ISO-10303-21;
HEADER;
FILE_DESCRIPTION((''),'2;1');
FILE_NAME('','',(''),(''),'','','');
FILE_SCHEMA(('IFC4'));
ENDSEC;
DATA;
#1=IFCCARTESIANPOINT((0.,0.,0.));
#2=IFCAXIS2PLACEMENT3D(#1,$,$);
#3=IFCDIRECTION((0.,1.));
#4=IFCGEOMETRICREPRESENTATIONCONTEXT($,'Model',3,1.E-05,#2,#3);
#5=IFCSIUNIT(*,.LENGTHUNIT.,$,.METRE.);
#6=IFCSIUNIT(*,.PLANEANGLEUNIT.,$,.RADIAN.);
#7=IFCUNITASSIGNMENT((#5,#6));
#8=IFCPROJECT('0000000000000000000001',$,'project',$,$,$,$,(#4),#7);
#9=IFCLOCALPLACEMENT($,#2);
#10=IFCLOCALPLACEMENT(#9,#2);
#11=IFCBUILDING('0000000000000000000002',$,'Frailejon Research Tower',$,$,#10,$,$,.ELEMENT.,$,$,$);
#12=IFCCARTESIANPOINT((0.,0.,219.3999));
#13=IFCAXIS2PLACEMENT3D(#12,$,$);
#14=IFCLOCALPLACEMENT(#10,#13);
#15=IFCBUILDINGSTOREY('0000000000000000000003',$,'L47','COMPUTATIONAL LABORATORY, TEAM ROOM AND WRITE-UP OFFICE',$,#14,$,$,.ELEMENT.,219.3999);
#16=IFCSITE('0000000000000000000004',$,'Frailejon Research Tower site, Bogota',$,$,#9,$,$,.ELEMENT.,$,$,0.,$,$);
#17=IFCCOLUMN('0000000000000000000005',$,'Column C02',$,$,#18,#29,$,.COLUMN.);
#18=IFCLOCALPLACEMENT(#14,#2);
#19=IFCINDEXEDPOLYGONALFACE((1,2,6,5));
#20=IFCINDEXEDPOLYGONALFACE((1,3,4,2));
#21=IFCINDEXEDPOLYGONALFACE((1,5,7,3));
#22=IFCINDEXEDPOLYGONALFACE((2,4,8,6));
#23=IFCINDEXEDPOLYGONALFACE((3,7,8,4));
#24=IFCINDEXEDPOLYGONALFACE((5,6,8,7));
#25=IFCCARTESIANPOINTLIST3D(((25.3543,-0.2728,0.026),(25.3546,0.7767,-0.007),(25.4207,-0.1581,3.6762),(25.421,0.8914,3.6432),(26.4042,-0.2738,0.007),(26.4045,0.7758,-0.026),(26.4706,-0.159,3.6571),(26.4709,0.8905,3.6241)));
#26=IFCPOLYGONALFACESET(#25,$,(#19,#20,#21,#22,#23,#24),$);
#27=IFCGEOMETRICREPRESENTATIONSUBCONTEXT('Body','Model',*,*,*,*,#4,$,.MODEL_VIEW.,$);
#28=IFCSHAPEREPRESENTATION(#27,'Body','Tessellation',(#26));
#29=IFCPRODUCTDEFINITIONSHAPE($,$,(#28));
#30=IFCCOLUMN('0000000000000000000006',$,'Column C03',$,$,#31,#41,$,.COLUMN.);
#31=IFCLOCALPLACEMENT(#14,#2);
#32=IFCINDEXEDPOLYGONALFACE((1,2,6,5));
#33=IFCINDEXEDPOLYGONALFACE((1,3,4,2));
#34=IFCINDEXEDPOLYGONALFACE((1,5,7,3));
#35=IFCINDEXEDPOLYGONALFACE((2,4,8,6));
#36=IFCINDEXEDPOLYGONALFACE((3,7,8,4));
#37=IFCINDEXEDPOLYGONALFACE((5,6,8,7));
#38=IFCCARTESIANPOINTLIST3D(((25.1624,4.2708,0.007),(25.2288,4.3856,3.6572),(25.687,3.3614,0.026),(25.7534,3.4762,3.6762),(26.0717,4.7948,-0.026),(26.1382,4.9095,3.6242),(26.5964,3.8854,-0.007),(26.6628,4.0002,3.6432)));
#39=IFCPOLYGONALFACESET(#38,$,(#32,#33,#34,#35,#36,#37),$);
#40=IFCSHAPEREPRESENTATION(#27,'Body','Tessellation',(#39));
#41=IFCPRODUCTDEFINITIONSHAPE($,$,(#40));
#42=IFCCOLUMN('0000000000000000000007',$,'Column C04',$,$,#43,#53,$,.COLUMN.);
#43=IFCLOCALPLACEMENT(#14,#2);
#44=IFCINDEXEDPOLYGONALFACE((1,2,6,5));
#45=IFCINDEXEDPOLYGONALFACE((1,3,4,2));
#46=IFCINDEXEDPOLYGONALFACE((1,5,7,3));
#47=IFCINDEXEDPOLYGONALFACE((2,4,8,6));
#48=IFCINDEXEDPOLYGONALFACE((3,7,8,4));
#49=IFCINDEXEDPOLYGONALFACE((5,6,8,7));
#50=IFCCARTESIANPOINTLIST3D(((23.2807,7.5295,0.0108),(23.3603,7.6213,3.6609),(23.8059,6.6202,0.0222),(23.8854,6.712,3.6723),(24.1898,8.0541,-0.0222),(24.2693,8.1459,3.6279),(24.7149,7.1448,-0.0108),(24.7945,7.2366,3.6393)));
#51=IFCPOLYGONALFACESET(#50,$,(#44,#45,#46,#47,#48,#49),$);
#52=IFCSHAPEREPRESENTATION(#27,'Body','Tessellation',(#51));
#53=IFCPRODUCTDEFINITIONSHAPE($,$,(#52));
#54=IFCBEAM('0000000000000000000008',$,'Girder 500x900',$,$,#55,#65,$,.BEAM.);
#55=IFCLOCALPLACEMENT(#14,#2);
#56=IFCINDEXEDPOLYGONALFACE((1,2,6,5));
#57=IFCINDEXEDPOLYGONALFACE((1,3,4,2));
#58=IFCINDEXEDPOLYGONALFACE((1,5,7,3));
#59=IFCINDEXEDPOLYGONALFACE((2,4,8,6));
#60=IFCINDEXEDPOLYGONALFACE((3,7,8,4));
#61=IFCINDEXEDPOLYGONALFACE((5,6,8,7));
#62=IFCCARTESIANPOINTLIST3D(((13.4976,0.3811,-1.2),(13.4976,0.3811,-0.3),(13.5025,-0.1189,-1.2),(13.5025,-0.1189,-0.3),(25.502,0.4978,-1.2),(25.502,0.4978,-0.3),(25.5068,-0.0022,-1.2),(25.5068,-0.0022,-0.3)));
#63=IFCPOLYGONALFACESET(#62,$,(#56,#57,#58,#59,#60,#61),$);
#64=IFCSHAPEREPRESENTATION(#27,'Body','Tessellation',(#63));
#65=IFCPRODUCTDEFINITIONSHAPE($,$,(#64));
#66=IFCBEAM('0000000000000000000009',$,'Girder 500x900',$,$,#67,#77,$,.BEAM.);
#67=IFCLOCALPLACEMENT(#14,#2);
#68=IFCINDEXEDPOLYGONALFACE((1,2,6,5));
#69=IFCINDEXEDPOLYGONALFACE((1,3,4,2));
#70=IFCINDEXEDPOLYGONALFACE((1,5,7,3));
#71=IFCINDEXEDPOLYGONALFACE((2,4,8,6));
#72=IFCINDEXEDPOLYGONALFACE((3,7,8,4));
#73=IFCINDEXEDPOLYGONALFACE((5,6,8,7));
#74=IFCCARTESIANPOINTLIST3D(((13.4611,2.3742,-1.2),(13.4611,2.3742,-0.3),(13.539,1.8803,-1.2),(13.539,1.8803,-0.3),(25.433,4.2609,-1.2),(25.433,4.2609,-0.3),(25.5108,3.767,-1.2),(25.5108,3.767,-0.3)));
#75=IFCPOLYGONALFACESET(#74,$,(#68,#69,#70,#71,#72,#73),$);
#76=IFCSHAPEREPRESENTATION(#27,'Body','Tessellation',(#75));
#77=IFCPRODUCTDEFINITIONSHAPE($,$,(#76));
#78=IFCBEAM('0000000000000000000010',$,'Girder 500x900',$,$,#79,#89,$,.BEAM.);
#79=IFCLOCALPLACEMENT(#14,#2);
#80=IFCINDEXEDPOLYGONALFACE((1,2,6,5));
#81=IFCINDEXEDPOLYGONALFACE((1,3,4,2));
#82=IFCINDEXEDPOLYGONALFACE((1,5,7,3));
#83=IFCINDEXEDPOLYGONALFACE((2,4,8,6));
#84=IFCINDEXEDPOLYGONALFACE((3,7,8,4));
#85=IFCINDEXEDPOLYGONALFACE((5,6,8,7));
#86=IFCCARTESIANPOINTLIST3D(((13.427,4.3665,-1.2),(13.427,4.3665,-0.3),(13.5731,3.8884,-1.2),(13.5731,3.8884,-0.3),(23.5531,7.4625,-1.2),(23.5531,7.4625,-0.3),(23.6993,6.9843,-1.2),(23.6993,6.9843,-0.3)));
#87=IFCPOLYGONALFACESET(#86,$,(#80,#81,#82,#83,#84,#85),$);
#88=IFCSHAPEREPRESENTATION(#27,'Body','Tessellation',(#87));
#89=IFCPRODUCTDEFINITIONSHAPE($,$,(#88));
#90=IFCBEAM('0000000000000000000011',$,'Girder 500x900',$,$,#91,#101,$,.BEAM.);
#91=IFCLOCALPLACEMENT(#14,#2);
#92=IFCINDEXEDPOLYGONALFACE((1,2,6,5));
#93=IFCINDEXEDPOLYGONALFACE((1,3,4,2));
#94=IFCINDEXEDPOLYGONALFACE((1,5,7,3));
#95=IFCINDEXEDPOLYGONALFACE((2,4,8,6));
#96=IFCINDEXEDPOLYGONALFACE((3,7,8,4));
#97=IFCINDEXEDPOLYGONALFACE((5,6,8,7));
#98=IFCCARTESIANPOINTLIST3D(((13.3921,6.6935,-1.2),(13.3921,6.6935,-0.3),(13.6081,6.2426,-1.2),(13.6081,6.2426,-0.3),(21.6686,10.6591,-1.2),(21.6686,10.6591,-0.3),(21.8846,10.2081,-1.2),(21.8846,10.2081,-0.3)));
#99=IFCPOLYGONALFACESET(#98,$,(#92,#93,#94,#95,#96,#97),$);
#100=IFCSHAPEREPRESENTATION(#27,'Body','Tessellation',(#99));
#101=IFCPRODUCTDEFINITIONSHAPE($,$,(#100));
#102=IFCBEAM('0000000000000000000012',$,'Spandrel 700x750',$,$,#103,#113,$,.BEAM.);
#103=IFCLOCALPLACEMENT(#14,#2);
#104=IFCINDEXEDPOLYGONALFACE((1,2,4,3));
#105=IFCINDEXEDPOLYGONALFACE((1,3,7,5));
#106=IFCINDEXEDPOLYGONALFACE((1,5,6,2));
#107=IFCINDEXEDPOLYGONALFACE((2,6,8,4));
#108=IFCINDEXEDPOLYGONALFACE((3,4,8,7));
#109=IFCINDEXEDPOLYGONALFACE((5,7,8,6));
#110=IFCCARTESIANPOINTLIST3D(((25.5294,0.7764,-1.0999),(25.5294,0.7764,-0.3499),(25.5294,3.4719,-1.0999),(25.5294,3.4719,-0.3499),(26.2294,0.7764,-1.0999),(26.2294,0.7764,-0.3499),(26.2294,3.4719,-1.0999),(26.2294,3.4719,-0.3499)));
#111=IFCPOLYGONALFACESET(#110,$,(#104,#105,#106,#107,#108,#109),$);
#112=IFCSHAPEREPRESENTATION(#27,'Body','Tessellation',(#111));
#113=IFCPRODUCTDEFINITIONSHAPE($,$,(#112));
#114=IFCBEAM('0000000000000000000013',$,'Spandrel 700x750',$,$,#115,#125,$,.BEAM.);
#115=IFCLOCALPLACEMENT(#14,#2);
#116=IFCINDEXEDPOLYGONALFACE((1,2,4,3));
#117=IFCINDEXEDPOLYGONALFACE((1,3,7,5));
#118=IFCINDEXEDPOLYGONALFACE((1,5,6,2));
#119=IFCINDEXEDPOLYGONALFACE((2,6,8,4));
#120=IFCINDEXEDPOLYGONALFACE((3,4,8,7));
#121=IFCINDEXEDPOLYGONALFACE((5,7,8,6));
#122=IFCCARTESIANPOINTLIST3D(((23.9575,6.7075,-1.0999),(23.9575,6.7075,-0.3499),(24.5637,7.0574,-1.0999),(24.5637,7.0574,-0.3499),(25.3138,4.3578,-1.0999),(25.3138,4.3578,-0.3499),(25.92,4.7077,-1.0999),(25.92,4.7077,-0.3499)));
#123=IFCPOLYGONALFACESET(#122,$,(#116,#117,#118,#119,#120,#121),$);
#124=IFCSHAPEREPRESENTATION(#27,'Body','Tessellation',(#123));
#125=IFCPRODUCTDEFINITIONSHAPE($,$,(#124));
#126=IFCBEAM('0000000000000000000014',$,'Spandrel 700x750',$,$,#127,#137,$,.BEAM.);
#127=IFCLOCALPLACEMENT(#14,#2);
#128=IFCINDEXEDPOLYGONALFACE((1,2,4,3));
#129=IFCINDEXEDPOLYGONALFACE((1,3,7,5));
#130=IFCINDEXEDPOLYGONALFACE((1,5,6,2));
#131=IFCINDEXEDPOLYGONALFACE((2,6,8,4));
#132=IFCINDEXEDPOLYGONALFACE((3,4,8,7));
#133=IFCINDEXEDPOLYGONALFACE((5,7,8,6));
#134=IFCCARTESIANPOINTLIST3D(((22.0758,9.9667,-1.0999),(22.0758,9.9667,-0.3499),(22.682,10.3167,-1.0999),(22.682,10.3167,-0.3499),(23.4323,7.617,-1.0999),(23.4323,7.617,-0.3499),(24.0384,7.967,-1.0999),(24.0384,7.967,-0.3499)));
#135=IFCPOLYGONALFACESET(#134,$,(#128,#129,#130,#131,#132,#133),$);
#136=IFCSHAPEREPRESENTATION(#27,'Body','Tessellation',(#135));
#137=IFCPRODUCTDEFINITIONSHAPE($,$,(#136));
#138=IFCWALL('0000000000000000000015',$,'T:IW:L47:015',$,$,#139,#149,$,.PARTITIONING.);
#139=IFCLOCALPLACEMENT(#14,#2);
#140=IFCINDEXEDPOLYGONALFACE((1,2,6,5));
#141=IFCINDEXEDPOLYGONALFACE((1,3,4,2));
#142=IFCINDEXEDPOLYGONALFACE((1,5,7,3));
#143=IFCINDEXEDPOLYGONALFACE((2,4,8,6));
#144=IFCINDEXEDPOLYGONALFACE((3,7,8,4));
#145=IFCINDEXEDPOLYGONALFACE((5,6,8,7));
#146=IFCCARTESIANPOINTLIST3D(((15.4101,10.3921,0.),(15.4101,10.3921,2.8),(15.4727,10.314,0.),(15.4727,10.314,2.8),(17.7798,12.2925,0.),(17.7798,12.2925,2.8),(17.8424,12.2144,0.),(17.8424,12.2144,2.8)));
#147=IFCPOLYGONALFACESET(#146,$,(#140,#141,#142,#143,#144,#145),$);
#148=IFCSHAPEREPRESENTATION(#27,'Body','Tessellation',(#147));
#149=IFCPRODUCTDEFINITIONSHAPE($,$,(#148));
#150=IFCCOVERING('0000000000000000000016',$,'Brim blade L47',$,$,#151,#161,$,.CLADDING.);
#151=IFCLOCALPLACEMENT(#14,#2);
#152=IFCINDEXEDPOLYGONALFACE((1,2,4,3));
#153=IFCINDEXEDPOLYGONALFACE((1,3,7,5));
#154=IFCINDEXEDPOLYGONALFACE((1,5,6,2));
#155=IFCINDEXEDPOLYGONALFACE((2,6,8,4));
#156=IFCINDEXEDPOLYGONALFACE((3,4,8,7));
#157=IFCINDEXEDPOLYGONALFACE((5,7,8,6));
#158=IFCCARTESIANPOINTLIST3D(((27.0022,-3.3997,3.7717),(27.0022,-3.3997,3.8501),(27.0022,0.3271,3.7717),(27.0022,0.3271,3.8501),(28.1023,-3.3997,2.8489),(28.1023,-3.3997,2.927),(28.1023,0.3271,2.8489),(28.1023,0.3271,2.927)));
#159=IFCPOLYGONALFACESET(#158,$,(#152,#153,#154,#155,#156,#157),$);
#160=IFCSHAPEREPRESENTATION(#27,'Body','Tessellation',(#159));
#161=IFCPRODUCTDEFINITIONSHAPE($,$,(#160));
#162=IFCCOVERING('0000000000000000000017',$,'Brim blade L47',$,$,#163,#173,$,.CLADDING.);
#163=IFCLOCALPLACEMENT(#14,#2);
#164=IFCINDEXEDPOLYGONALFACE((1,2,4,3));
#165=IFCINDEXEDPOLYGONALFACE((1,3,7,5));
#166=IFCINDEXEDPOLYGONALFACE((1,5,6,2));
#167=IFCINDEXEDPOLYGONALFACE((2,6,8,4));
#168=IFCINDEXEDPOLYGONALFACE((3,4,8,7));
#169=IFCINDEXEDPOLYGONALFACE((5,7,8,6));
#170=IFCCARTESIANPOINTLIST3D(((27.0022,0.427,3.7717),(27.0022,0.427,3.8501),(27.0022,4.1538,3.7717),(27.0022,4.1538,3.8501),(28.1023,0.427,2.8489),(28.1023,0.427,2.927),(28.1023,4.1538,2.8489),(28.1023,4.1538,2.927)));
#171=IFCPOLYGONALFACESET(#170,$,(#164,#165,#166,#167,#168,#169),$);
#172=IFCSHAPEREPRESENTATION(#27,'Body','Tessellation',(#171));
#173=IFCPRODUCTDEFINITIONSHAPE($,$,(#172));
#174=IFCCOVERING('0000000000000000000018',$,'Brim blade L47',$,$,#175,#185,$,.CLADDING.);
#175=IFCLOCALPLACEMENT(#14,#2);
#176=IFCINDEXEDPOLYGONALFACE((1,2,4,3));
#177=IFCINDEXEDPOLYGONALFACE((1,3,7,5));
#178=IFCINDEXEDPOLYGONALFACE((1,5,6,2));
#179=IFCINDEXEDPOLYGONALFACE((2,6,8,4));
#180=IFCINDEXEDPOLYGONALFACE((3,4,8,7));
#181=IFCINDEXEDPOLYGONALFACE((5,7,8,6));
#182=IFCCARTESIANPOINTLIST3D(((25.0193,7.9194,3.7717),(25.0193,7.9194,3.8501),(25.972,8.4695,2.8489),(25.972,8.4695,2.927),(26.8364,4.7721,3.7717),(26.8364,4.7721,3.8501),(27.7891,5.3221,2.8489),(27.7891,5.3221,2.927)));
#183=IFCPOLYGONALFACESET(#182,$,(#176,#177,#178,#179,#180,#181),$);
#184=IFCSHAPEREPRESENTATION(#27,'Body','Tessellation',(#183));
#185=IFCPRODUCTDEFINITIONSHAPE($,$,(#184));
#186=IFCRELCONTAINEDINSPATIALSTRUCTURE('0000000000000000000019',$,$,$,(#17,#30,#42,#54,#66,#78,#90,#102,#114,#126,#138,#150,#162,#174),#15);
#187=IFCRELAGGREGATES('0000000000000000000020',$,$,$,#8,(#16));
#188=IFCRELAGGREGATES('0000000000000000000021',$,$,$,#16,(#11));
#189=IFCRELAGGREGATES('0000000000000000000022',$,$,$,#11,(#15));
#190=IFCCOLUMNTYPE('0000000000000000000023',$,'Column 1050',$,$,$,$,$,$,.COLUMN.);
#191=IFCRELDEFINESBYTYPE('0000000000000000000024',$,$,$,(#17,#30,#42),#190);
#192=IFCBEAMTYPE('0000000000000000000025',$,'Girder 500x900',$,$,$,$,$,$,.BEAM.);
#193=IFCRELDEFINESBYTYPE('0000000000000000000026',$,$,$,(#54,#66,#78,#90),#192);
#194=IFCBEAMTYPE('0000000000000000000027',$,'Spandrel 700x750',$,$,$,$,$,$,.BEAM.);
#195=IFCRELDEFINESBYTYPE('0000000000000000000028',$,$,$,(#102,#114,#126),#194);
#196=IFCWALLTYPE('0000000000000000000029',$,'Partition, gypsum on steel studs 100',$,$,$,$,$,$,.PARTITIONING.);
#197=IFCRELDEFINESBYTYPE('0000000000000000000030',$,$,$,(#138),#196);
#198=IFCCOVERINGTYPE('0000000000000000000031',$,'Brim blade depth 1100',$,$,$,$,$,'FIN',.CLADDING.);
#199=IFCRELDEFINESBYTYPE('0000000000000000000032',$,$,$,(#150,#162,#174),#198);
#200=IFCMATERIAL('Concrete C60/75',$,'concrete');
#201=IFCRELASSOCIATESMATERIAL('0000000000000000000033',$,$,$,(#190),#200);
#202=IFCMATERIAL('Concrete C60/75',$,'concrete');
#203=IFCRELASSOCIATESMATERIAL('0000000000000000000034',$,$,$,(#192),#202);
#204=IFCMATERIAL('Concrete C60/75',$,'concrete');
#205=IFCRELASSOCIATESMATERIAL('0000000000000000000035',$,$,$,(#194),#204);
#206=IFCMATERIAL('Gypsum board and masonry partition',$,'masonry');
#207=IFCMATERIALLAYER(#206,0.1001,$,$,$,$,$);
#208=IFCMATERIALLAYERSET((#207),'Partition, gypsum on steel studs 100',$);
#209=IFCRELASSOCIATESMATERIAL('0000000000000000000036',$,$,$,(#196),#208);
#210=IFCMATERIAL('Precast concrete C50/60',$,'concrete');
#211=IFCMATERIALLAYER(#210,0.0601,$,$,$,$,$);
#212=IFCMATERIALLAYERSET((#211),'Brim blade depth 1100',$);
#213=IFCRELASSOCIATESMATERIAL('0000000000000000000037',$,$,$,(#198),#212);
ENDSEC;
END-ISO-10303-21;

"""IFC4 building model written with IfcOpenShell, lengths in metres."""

from ifc_helpers import new_model, si_unit, direction, frame, frame_2d, origin, origin_2d, place, context, subcontext, project, spatial, polyline, rectangle, outline, extrude, material, layer, layer_set, material_profile, profile_set, type_object, element, save


model = new_model("IFC4")

# Units and contexts
model_context = context("Model", 3, precision=1e-05, world=origin(), true_north=direction((0.0, 1.0)))
body_context = subcontext(model_context, "Body", "Model", "MODEL_VIEW")
ifc_project = project(units=[si_unit("LENGTHUNIT", "METRE"), si_unit("PLANEANGLEUNIT", "RADIAN")], contexts=[model_context])

# Site, building, storey
site_placement = place(None, origin())
site = spatial("IfcSite", under=ifc_project, at=site_placement, Name="Frailejon Research Tower site, Bogota", CompositionType="ELEMENT", RefElevation=0.0)
building_placement = place(site_placement, origin())
building = spatial("IfcBuilding", under=site, at=building_placement, Name="Frailejon Research Tower", CompositionType="ELEMENT")
storey_placement = place(building_placement, frame((0.0, 0.0, 219.3999)))
storey = spatial("IfcBuildingStorey", under=building, at=storey_placement, Name="L47", Description="COMPUTATIONAL LABORATORY, TEAM ROOM AND WRITE-UP OFFICE", CompositionType="ELEMENT", Elevation=219.3999)

# Columns
ifc_material_1 = material(Name="Concrete C60/75", Category="concrete")
ifc_material_profile_1 = material_profile(ifc_material_1, rectangle(XDim=1.05, YDim=1.05, at=origin_2d()), Name="Column 1050")
ifc_profile_set_1 = profile_set([ifc_material_profile_1], Name="Concrete C60/75")
column_type = type_object("IfcColumnType", Name="Column 1050", PredefinedType="COLUMN", material=ifc_profile_set_1)
for number, where, z_axis, x_axis, name in (
    (1, (25.8794, 0.2515, 0.0), (0.018181, 0.031415, 0.999341), (0.000297, 0.999506, -0.031426), "Column C02"),
    (2, (25.8794, 4.0781, 0.0), (0.018181, 0.031415, 0.999341), (-0.49966, 0.866032, -0.018134), "Column C03"),
):
    element("IfcColumn", number, at=place(storey_placement, frame(where, z_axis=z_axis, x_axis=x_axis)), inside=storey, type_object=column_type, Name=name, PredefinedType="COLUMN", context=body_context, shape_type="SweptSolid", body=[
        extrude(rectangle(XDim=1.05, YDim=1.05, at=origin_2d()), origin(), (0.0, 0.0, 1.0), 3.6526),
    ])
column_placement = place(storey_placement, frame((23.9978, 7.3372, 0.0), z_axis=(0.021792, 0.025135, 0.999447), x_axis=(-0.500092, 0.865904, -0.010872)))
element("IfcColumn", 3, at=column_placement, inside=storey, type_object=column_type, Name="Column C04", PredefinedType="COLUMN", context=body_context, shape_type="SweptSolid", body=[
    extrude(rectangle(XDim=1.05, YDim=1.05, at=origin_2d()), origin(), (0.0, 0.0, 1.0), 3.6521),
])

# Beams
ifc_material_2 = material(Name="Concrete C60/75", Category="concrete")
ifc_material_profile_2 = material_profile(ifc_material_2, rectangle(XDim=0.5, YDim=0.8999, at=origin_2d()), Name="Girder 500x900")
ifc_profile_set_2 = profile_set([ifc_material_profile_2], Name="Concrete C60/75")
beam_type_1 = type_object("IfcBeamType", Name="Girder 500x900", PredefinedType="BEAM", material=ifc_profile_set_2)
beam_1_placement = place(storey_placement, frame((25.5044, 0.2478, -0.75), z_axis=(-0.999953, -0.009721, 0.0), x_axis=(0.009721, -0.999953, 0.0)))
element("IfcBeam", 4, at=beam_1_placement, inside=storey, type_object=beam_type_1, Name="Girder 500x900", PredefinedType="BEAM", context=body_context, shape_type="SweptSolid", body=[
    extrude(rectangle(XDim=0.5, YDim=0.8999, at=origin_2d()), origin(), (0.0, 0.0, 1.0), 12.0049),
])
beam_2_placement = place(storey_placement, frame((25.4719, 4.0139, -0.75), z_axis=(-0.987808, -0.155674, 0.0), x_axis=(0.155674, -0.987808, 0.0)))
element("IfcBeam", 5, at=beam_2_placement, inside=storey, type_object=beam_type_1, Name="Girder 500x900", PredefinedType="BEAM", context=body_context, shape_type="SweptSolid", body=[
    extrude(rectangle(XDim=0.5, YDim=0.8999, at=origin_2d()), origin(), (0.0, 0.0, 1.0), 12.1196),
])
beam_3_placement = place(storey_placement, frame((23.6262, 7.2234, -0.75), z_axis=(-0.956303, -0.292376, 0.0), x_axis=(0.292376, -0.956303, 0.0)))
element("IfcBeam", 6, at=beam_3_placement, inside=storey, type_object=beam_type_1, Name="Girder 500x900", PredefinedType="BEAM", context=body_context, shape_type="SweptSolid", body=[
    extrude(rectangle(XDim=0.5, YDim=0.8999, at=origin_2d()), origin(), (0.0, 0.0, 1.0), 10.5889),
])
beam_4_placement = place(storey_placement, frame((21.7766, 10.4336, -0.75), z_axis=(-0.901829, -0.432094, 0.0), x_axis=(0.432094, -0.901829, 0.0)))
element("IfcBeam", 7, at=beam_4_placement, inside=storey, type_object=beam_type_1, Name="Girder 500x900", PredefinedType="BEAM", context=body_context, shape_type="SweptSolid", body=[
    extrude(rectangle(XDim=0.5, YDim=0.8999, at=origin_2d()), origin(), (0.0, 0.0, 1.0), 9.1775),
])
ifc_material_3 = material(Name="Concrete C60/75", Category="concrete")
ifc_material_profile_3 = material_profile(ifc_material_3, rectangle(XDim=0.7, YDim=0.75, at=origin_2d()), Name="Spandrel 700x750")
ifc_profile_set_3 = profile_set([ifc_material_profile_3], Name="Concrete C60/75")
beam_type_2 = type_object("IfcBeamType", Name="Spandrel 700x750", PredefinedType="BEAM", material=ifc_profile_set_3)
beam_5_placement = place(storey_placement, frame((25.8794, 0.7764, -0.7249), z_axis=(0.0, 1.0, 0.0), x_axis=(-1.0, 0.0, 0.0)))
element("IfcBeam", 8, at=beam_5_placement, inside=storey, type_object=beam_type_2, Name="Spandrel 700x750", PredefinedType="BEAM", context=body_context, shape_type="SweptSolid", body=[
    extrude(rectangle(XDim=0.7, YDim=0.75, at=origin_2d()), origin(), (0.0, 0.0, 1.0), 2.6956),
])
for number, where, z_axis, x_axis, name in (
    (9, (25.6169, 4.5327, -0.7249), (-0.499933, 0.866064, 0.0), (-0.866064, -0.499933, 0.0), "Spandrel 700x750"),
    (10, (23.7354, 7.792, -0.7249), (-0.499972, 0.866042, 0.0), (-0.866042, -0.499972, 0.0), "Spandrel 700x750"),
):
    element("IfcBeam", number, at=place(storey_placement, frame(where, z_axis=z_axis, x_axis=x_axis)), inside=storey, type_object=beam_type_2, Name=name, PredefinedType="BEAM", context=body_context, shape_type="SweptSolid", body=[
        extrude(rectangle(XDim=0.7, YDim=0.75, at=origin_2d()), origin(), (0.0, 0.0, 1.0), 2.7131),
    ])

# Wall
ifc_material_4 = material(Name="Gypsum board and masonry partition", Category="masonry")
ifc_layer_1 = layer(ifc_material_4, 0.1001)
ifc_layer_set_1 = layer_set([ifc_layer_1], Name="Partition, gypsum on steel studs 100")
wall_type_1 = type_object("IfcWallType", Name="Partition, gypsum on steel studs 100", PredefinedType="PARTITIONING", material=ifc_layer_set_1)
wall_1_placement = place(storey_placement, frame((15.4414, 10.353, 0.0), z_axis=(0.0, 0.0, 1.0), x_axis=(0.780115, 0.625636, 0.0)))
element("IfcWall", 11, at=wall_1_placement, inside=storey, type_object=wall_type_1, Name="T:IW:L47:015", PredefinedType="PARTITIONING", context=body_context, shape_type="SweptSolid", body=[
    extrude(rectangle(XDim=3.0376, YDim=0.1001, at=frame_2d((1.5188, 0.0))), origin(), (0.0, 0.0, 1.0), 2.8),
])

# Coverings
ifc_material_5 = material(Name="Precast concrete C50/60", Category="concrete")
ifc_layer_2 = layer(ifc_material_5, 0.0601)
ifc_layer_set_2 = layer_set([ifc_layer_2], Name="Brim blade depth 1100")
covering_type = type_object("IfcCoveringType", Name="Brim blade depth 1100", ElementType="FIN", PredefinedType="CLADDING", material=ifc_layer_set_2)
for number, where, z_axis, x_axis, name in (
    (12, (27.0022, 0.3271, 3.8501), (0.0, -1.0, 0.0), (1.0, 0.0, 0.0), "Brim blade L47"),
    (13, (27.0022, 4.1538, 3.8501), (0.0, -1.0, 0.0), (1.0, 0.0, 0.0), "Brim blade L47"),
):
    element("IfcCovering", number, at=place(storey_placement, frame(where, z_axis=z_axis, x_axis=x_axis)), inside=storey, type_object=covering_type, Name=name, PredefinedType="CLADDING", context=body_context, shape_type="SweptSolid", body=[
        extrude(outline(polyline([(0.0, -0.0784), (1.1001, -1.0012), (1.1001, -0.9231), (0.0, 0.0), (0.0, -0.0784)])), origin(), (0.0, 0.0, 1.0), 3.7268),
    ])
covering_placement = place(storey_placement, frame((25.0193, 7.9194, 3.8501), z_axis=(0.500001, -0.866025, 0.0), x_axis=(0.866025, 0.500001, 0.0)))
element("IfcCovering", 14, at=covering_placement, inside=storey, type_object=covering_type, Name="Brim blade L47", PredefinedType="CLADDING", context=body_context, shape_type="SweptSolid", body=[
    extrude(outline(polyline([(0.0, -0.0784), (1.1001, -1.0012), (1.1001, -0.9231), (0.0, 0.0), (0.0, -0.0784)])), origin(), (0.0, 0.0, 1.0), 3.6343),
])

save(model, "model.ifc")
